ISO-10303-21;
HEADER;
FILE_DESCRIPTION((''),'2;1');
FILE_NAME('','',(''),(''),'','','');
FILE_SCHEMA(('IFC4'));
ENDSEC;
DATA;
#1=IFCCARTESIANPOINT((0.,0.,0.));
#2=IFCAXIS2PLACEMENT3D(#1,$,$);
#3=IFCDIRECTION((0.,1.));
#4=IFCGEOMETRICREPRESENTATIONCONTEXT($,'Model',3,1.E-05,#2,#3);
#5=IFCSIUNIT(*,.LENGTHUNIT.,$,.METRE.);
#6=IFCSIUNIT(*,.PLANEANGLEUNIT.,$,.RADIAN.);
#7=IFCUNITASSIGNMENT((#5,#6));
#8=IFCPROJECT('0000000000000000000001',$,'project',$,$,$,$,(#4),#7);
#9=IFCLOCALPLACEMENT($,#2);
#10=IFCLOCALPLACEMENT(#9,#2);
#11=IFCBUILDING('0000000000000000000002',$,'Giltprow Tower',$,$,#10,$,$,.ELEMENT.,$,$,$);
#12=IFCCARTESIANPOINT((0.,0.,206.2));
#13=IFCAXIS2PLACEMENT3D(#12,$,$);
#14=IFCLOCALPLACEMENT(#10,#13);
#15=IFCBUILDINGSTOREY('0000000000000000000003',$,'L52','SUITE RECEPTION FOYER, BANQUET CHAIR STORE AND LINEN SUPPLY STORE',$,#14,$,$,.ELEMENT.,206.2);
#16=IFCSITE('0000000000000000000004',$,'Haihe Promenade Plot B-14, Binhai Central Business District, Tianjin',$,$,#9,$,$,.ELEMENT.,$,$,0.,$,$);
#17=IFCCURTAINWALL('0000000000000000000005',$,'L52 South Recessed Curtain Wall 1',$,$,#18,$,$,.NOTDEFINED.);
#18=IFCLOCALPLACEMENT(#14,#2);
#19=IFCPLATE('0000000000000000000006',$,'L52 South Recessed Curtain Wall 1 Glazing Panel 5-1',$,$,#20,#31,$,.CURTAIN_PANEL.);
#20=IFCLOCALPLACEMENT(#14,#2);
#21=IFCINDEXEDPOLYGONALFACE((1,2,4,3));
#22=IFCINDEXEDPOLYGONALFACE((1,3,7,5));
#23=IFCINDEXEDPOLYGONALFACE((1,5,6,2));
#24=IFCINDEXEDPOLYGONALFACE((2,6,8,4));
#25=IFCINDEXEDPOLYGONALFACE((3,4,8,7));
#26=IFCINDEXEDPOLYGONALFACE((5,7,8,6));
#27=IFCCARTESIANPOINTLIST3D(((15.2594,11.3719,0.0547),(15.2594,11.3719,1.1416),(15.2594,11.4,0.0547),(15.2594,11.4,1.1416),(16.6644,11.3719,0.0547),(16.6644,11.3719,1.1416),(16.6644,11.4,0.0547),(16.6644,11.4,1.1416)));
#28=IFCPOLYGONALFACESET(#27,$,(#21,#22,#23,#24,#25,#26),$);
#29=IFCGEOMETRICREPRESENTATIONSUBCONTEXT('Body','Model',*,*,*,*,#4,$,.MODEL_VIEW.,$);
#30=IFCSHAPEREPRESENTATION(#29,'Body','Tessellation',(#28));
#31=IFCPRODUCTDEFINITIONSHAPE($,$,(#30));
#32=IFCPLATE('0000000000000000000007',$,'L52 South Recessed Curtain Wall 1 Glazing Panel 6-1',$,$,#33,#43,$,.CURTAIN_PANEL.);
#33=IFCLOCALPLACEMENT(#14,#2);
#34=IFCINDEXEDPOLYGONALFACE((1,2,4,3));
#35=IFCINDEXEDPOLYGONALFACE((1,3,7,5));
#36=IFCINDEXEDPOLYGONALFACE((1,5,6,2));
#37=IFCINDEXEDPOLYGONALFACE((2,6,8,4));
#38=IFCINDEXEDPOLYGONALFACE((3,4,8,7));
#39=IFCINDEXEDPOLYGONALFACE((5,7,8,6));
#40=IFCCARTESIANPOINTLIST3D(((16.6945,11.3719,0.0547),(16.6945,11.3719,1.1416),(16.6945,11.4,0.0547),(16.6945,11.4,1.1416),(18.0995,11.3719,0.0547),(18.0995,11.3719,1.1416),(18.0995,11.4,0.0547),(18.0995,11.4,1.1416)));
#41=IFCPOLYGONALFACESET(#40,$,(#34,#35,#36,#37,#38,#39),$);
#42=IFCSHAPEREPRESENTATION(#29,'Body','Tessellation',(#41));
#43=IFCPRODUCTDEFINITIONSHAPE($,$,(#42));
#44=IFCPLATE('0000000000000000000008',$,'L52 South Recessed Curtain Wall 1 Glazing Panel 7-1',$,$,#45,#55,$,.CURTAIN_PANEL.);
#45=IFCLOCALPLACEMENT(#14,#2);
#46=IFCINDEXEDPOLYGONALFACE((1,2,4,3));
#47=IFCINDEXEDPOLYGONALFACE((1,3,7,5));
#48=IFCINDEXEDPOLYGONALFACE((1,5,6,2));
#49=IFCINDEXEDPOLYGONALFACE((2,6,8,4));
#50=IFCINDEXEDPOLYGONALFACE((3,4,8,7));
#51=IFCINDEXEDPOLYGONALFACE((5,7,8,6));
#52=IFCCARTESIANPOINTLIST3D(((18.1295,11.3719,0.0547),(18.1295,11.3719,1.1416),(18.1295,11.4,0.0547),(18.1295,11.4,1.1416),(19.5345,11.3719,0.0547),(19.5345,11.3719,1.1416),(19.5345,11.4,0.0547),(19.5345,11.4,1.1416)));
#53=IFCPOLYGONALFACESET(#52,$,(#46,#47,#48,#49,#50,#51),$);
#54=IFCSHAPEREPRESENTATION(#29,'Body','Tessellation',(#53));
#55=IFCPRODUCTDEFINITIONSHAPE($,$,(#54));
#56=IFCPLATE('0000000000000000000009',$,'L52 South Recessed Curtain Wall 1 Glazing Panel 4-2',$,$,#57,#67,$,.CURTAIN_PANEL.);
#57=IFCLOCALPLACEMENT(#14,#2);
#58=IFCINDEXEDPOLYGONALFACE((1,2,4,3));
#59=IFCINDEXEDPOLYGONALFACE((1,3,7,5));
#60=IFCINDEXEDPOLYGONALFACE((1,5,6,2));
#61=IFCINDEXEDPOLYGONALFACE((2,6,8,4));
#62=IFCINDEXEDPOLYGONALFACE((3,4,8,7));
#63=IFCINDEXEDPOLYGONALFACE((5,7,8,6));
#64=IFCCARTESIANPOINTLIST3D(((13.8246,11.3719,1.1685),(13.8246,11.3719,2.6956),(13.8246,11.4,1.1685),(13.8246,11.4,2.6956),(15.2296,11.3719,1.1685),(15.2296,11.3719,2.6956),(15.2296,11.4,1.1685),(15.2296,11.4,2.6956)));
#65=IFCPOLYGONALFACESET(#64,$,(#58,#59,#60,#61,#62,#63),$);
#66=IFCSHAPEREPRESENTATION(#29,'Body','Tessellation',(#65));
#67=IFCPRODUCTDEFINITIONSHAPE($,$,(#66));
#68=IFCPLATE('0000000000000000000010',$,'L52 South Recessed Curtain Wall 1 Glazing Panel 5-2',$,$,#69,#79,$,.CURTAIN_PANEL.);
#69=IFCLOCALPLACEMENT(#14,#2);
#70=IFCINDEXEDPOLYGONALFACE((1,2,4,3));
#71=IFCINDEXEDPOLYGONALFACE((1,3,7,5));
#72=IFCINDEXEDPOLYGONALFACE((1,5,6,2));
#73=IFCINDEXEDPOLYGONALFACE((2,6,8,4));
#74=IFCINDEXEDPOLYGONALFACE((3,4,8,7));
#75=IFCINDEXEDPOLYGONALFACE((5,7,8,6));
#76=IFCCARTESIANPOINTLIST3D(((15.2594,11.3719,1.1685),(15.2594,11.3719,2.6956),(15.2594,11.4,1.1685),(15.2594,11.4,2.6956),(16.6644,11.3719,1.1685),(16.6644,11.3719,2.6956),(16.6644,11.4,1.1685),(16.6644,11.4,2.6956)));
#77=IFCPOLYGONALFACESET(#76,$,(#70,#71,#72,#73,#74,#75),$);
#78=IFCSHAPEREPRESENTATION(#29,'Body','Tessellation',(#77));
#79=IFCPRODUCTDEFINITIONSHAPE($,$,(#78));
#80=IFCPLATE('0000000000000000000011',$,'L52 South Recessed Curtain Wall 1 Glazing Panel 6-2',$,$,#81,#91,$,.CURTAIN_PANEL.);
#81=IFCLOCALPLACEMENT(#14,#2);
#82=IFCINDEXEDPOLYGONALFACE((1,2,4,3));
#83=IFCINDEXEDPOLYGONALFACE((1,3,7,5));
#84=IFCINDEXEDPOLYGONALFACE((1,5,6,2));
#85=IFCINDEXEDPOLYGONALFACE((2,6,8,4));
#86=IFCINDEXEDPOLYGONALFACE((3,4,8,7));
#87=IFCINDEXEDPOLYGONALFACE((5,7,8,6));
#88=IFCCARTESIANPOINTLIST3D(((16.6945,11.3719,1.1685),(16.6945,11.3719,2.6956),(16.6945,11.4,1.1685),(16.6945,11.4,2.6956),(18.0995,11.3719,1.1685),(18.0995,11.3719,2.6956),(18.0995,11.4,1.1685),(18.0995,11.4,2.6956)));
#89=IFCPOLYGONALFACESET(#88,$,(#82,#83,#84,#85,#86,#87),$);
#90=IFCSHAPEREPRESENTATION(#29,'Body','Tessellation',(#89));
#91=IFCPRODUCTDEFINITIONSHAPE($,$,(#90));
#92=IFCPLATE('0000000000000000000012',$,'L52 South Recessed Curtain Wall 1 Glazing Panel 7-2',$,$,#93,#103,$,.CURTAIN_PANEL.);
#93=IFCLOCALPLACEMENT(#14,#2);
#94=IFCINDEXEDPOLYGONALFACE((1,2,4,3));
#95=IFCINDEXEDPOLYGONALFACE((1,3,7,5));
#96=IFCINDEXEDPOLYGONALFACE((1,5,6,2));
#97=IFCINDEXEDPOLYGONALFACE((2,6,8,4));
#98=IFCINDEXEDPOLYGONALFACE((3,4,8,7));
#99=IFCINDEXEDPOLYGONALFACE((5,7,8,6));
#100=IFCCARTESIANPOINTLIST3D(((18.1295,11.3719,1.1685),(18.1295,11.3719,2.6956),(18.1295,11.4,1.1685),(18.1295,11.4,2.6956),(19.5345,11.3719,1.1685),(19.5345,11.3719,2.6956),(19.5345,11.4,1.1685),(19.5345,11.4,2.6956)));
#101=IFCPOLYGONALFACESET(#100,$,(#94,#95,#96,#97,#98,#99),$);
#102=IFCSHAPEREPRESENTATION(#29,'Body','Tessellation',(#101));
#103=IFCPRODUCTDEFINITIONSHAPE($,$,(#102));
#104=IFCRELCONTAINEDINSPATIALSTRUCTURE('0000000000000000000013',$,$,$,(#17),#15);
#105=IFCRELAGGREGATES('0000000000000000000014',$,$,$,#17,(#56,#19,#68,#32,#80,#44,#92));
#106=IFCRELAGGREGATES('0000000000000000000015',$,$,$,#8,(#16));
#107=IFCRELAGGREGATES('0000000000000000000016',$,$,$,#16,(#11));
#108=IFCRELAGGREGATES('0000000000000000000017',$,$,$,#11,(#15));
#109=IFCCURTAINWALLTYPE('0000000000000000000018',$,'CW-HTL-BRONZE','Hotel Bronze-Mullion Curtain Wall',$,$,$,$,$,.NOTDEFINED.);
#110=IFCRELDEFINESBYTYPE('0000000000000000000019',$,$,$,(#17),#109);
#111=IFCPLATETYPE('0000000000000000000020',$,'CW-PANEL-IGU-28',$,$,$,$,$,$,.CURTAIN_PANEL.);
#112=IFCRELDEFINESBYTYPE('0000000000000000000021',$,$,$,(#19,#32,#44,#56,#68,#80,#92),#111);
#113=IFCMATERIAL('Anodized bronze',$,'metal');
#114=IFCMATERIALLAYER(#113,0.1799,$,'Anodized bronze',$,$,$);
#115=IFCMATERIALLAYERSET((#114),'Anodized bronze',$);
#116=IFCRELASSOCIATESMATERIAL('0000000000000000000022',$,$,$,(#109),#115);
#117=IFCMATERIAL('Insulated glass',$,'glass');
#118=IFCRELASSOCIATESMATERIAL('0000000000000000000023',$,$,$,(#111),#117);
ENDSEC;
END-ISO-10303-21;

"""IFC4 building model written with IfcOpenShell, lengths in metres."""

from ifc_helpers import new_model, si_unit, direction, frame, origin, origin_2d, place, context, subcontext, project, spatial, rectangle, extrude, source, transform, mapped, material, layer, layer_set, type_object, element, aggregate, save


model = new_model("IFC4")

# Units and contexts
model_context = context("Model", 3, precision=1e-05, world=origin(), true_north=direction((0.0, 1.0)))
body_context = subcontext(model_context, "Body", "Model", "MODEL_VIEW")
ifc_project = project(units=[si_unit("LENGTHUNIT", "METRE"), si_unit("PLANEANGLEUNIT", "RADIAN")], contexts=[model_context])

# Site, building, storey
site_placement = place(None, origin())
site = spatial("IfcSite", under=ifc_project, at=site_placement, Name="Haihe Promenade Plot B-14, Binhai Central Business District, Tianjin", CompositionType="ELEMENT", RefElevation=0.0)
building_placement = place(site_placement, origin())
building = spatial("IfcBuilding", under=site, at=building_placement, Name="Giltprow Tower", CompositionType="ELEMENT")
storey_placement = place(building_placement, frame((0.0, 0.0, 206.2)))
storey = spatial("IfcBuildingStorey", under=building, at=storey_placement, Name="L52", Description="SUITE RECEPTION FOYER, BANQUET CHAIR STORE AND LINEN SUPPLY STORE", CompositionType="ELEMENT", Elevation=206.2)

# Curtain wall, plates
ifc_material_1 = material(Name="Anodized bronze", Category="metal")
ifc_layer = layer(ifc_material_1, 0.1799, Name="Anodized bronze")
ifc_layer_set = layer_set([ifc_layer], Name="Anodized bronze")
curtain_wall_type = type_object("IfcCurtainWallType", Name="CW-HTL-BRONZE", Description="Hotel Bronze-Mullion Curtain Wall", PredefinedType="NOTDEFINED", material=ifc_layer_set)
curtain_wall_placement = place(storey_placement, origin())
curtain_wall = element("IfcCurtainWall", 1, at=curtain_wall_placement, inside=storey, type_object=curtain_wall_type, Name="L52 South Recessed Curtain Wall 1", PredefinedType="NOTDEFINED")
ifc_material_2 = material(Name="Insulated glass", Category="glass")
plate_type = type_object("IfcPlateType", Name="CW-PANEL-IGU-28", PredefinedType="CURTAIN_PANEL", material=ifc_material_2)
shared_shape_1 = source(origin(), body_context, "Body", "SweptSolid", [
    extrude(rectangle(XDim=1.405, YDim=0.0281, at=origin_2d()), origin(), (0.0, 0.0, 1.0), 1.0869),
])
plate_1_placement = place(storey_placement, frame((15.9619, 11.386, 0.0547), z_axis=(0.0, 0.0, 1.0), x_axis=(1.0, 0.0, 0.0)))
plate_1 = element("IfcPlate", 2, at=plate_1_placement, type_object=plate_type, Name="L52 South Recessed Curtain Wall 1 Glazing Panel 5-1", PredefinedType="CURTAIN_PANEL", context=body_context, shape_type="MappedRepresentation", body=[
    mapped(shared_shape_1, transform((0.0, 0.0, 0.0), x_axis=(1.0, 0.0, 0.0), y_axis=(0.0, 1.0, 0.0), z_axis=(0.0, 0.0, 1.0), scale=1.0)),
])
plate_2_placement = place(storey_placement, frame((17.397, 11.386, 0.0547), z_axis=(0.0, 0.0, 1.0), x_axis=(1.0, 0.0, 0.0)))
plate_2 = element("IfcPlate", 3, at=plate_2_placement, type_object=plate_type, Name="L52 South Recessed Curtain Wall 1 Glazing Panel 6-1", PredefinedType="CURTAIN_PANEL", context=body_context, shape_type="MappedRepresentation", body=[
    mapped(shared_shape_1, transform((0.0, 0.0, 0.0), x_axis=(1.0, 0.0, 0.0), y_axis=(0.0, 1.0, 0.0), z_axis=(0.0, 0.0, 1.0), scale=1.0)),
])
plate_3_placement = place(storey_placement, frame((18.832, 11.386, 0.0547), z_axis=(0.0, 0.0, 1.0), x_axis=(1.0, 0.0, 0.0)))
plate_3 = element("IfcPlate", 4, at=plate_3_placement, type_object=plate_type, Name="L52 South Recessed Curtain Wall 1 Glazing Panel 7-1", PredefinedType="CURTAIN_PANEL", context=body_context, shape_type="MappedRepresentation", body=[
    mapped(shared_shape_1, transform((0.0, 0.0, 0.0), x_axis=(1.0, 0.0, 0.0), y_axis=(0.0, 1.0, 0.0), z_axis=(0.0, 0.0, 1.0), scale=1.0)),
])
shared_shape_2 = source(origin(), body_context, "Body", "SweptSolid", [
    extrude(rectangle(XDim=1.405, YDim=0.0281, at=origin_2d()), origin(), (0.0, 0.0, 1.0), 1.5271),
])
plate_4_placement = place(storey_placement, frame((14.5271, 11.386, 1.1685), z_axis=(0.0, 0.0, 1.0), x_axis=(1.0, 0.0, 0.0)))
plate_4 = element("IfcPlate", 5, at=plate_4_placement, type_object=plate_type, Name="L52 South Recessed Curtain Wall 1 Glazing Panel 4-2", PredefinedType="CURTAIN_PANEL", context=body_context, shape_type="MappedRepresentation", body=[
    mapped(shared_shape_2, transform((0.0, 0.0, 0.0), x_axis=(1.0, 0.0, 0.0), y_axis=(0.0, 1.0, 0.0), z_axis=(0.0, 0.0, 1.0), scale=1.0)),
])
plate_5_placement = place(storey_placement, frame((15.9619, 11.386, 1.1685), z_axis=(0.0, 0.0, 1.0), x_axis=(1.0, 0.0, 0.0)))
plate_5 = element("IfcPlate", 6, at=plate_5_placement, type_object=plate_type, Name="L52 South Recessed Curtain Wall 1 Glazing Panel 5-2", PredefinedType="CURTAIN_PANEL", context=body_context, shape_type="MappedRepresentation", body=[
    mapped(shared_shape_2, transform((0.0, 0.0, 0.0), x_axis=(1.0, 0.0, 0.0), y_axis=(0.0, 1.0, 0.0), z_axis=(0.0, 0.0, 1.0), scale=1.0)),
])
plate_6_placement = place(storey_placement, frame((17.397, 11.386, 1.1685), z_axis=(0.0, 0.0, 1.0), x_axis=(1.0, 0.0, 0.0)))
plate_6 = element("IfcPlate", 7, at=plate_6_placement, type_object=plate_type, Name="L52 South Recessed Curtain Wall 1 Glazing Panel 6-2", PredefinedType="CURTAIN_PANEL", context=body_context, shape_type="MappedRepresentation", body=[
    mapped(shared_shape_2, transform((0.0, 0.0, 0.0), x_axis=(1.0, 0.0, 0.0), y_axis=(0.0, 1.0, 0.0), z_axis=(0.0, 0.0, 1.0), scale=1.0)),
])
plate_7_placement = place(storey_placement, frame((18.832, 11.386, 1.1685), z_axis=(0.0, 0.0, 1.0), x_axis=(1.0, 0.0, 0.0)))
plate_7 = element("IfcPlate", 8, at=plate_7_placement, type_object=plate_type, Name="L52 South Recessed Curtain Wall 1 Glazing Panel 7-2", PredefinedType="CURTAIN_PANEL", context=body_context, shape_type="MappedRepresentation", body=[
    mapped(shared_shape_2, transform((0.0, 0.0, 0.0), x_axis=(1.0, 0.0, 0.0), y_axis=(0.0, 1.0, 0.0), z_axis=(0.0, 0.0, 1.0), scale=1.0)),
])
aggregate(curtain_wall, [plate_4, plate_1, plate_5, plate_2, plate_6, plate_3, plate_7])

save(model, "model.ifc")
